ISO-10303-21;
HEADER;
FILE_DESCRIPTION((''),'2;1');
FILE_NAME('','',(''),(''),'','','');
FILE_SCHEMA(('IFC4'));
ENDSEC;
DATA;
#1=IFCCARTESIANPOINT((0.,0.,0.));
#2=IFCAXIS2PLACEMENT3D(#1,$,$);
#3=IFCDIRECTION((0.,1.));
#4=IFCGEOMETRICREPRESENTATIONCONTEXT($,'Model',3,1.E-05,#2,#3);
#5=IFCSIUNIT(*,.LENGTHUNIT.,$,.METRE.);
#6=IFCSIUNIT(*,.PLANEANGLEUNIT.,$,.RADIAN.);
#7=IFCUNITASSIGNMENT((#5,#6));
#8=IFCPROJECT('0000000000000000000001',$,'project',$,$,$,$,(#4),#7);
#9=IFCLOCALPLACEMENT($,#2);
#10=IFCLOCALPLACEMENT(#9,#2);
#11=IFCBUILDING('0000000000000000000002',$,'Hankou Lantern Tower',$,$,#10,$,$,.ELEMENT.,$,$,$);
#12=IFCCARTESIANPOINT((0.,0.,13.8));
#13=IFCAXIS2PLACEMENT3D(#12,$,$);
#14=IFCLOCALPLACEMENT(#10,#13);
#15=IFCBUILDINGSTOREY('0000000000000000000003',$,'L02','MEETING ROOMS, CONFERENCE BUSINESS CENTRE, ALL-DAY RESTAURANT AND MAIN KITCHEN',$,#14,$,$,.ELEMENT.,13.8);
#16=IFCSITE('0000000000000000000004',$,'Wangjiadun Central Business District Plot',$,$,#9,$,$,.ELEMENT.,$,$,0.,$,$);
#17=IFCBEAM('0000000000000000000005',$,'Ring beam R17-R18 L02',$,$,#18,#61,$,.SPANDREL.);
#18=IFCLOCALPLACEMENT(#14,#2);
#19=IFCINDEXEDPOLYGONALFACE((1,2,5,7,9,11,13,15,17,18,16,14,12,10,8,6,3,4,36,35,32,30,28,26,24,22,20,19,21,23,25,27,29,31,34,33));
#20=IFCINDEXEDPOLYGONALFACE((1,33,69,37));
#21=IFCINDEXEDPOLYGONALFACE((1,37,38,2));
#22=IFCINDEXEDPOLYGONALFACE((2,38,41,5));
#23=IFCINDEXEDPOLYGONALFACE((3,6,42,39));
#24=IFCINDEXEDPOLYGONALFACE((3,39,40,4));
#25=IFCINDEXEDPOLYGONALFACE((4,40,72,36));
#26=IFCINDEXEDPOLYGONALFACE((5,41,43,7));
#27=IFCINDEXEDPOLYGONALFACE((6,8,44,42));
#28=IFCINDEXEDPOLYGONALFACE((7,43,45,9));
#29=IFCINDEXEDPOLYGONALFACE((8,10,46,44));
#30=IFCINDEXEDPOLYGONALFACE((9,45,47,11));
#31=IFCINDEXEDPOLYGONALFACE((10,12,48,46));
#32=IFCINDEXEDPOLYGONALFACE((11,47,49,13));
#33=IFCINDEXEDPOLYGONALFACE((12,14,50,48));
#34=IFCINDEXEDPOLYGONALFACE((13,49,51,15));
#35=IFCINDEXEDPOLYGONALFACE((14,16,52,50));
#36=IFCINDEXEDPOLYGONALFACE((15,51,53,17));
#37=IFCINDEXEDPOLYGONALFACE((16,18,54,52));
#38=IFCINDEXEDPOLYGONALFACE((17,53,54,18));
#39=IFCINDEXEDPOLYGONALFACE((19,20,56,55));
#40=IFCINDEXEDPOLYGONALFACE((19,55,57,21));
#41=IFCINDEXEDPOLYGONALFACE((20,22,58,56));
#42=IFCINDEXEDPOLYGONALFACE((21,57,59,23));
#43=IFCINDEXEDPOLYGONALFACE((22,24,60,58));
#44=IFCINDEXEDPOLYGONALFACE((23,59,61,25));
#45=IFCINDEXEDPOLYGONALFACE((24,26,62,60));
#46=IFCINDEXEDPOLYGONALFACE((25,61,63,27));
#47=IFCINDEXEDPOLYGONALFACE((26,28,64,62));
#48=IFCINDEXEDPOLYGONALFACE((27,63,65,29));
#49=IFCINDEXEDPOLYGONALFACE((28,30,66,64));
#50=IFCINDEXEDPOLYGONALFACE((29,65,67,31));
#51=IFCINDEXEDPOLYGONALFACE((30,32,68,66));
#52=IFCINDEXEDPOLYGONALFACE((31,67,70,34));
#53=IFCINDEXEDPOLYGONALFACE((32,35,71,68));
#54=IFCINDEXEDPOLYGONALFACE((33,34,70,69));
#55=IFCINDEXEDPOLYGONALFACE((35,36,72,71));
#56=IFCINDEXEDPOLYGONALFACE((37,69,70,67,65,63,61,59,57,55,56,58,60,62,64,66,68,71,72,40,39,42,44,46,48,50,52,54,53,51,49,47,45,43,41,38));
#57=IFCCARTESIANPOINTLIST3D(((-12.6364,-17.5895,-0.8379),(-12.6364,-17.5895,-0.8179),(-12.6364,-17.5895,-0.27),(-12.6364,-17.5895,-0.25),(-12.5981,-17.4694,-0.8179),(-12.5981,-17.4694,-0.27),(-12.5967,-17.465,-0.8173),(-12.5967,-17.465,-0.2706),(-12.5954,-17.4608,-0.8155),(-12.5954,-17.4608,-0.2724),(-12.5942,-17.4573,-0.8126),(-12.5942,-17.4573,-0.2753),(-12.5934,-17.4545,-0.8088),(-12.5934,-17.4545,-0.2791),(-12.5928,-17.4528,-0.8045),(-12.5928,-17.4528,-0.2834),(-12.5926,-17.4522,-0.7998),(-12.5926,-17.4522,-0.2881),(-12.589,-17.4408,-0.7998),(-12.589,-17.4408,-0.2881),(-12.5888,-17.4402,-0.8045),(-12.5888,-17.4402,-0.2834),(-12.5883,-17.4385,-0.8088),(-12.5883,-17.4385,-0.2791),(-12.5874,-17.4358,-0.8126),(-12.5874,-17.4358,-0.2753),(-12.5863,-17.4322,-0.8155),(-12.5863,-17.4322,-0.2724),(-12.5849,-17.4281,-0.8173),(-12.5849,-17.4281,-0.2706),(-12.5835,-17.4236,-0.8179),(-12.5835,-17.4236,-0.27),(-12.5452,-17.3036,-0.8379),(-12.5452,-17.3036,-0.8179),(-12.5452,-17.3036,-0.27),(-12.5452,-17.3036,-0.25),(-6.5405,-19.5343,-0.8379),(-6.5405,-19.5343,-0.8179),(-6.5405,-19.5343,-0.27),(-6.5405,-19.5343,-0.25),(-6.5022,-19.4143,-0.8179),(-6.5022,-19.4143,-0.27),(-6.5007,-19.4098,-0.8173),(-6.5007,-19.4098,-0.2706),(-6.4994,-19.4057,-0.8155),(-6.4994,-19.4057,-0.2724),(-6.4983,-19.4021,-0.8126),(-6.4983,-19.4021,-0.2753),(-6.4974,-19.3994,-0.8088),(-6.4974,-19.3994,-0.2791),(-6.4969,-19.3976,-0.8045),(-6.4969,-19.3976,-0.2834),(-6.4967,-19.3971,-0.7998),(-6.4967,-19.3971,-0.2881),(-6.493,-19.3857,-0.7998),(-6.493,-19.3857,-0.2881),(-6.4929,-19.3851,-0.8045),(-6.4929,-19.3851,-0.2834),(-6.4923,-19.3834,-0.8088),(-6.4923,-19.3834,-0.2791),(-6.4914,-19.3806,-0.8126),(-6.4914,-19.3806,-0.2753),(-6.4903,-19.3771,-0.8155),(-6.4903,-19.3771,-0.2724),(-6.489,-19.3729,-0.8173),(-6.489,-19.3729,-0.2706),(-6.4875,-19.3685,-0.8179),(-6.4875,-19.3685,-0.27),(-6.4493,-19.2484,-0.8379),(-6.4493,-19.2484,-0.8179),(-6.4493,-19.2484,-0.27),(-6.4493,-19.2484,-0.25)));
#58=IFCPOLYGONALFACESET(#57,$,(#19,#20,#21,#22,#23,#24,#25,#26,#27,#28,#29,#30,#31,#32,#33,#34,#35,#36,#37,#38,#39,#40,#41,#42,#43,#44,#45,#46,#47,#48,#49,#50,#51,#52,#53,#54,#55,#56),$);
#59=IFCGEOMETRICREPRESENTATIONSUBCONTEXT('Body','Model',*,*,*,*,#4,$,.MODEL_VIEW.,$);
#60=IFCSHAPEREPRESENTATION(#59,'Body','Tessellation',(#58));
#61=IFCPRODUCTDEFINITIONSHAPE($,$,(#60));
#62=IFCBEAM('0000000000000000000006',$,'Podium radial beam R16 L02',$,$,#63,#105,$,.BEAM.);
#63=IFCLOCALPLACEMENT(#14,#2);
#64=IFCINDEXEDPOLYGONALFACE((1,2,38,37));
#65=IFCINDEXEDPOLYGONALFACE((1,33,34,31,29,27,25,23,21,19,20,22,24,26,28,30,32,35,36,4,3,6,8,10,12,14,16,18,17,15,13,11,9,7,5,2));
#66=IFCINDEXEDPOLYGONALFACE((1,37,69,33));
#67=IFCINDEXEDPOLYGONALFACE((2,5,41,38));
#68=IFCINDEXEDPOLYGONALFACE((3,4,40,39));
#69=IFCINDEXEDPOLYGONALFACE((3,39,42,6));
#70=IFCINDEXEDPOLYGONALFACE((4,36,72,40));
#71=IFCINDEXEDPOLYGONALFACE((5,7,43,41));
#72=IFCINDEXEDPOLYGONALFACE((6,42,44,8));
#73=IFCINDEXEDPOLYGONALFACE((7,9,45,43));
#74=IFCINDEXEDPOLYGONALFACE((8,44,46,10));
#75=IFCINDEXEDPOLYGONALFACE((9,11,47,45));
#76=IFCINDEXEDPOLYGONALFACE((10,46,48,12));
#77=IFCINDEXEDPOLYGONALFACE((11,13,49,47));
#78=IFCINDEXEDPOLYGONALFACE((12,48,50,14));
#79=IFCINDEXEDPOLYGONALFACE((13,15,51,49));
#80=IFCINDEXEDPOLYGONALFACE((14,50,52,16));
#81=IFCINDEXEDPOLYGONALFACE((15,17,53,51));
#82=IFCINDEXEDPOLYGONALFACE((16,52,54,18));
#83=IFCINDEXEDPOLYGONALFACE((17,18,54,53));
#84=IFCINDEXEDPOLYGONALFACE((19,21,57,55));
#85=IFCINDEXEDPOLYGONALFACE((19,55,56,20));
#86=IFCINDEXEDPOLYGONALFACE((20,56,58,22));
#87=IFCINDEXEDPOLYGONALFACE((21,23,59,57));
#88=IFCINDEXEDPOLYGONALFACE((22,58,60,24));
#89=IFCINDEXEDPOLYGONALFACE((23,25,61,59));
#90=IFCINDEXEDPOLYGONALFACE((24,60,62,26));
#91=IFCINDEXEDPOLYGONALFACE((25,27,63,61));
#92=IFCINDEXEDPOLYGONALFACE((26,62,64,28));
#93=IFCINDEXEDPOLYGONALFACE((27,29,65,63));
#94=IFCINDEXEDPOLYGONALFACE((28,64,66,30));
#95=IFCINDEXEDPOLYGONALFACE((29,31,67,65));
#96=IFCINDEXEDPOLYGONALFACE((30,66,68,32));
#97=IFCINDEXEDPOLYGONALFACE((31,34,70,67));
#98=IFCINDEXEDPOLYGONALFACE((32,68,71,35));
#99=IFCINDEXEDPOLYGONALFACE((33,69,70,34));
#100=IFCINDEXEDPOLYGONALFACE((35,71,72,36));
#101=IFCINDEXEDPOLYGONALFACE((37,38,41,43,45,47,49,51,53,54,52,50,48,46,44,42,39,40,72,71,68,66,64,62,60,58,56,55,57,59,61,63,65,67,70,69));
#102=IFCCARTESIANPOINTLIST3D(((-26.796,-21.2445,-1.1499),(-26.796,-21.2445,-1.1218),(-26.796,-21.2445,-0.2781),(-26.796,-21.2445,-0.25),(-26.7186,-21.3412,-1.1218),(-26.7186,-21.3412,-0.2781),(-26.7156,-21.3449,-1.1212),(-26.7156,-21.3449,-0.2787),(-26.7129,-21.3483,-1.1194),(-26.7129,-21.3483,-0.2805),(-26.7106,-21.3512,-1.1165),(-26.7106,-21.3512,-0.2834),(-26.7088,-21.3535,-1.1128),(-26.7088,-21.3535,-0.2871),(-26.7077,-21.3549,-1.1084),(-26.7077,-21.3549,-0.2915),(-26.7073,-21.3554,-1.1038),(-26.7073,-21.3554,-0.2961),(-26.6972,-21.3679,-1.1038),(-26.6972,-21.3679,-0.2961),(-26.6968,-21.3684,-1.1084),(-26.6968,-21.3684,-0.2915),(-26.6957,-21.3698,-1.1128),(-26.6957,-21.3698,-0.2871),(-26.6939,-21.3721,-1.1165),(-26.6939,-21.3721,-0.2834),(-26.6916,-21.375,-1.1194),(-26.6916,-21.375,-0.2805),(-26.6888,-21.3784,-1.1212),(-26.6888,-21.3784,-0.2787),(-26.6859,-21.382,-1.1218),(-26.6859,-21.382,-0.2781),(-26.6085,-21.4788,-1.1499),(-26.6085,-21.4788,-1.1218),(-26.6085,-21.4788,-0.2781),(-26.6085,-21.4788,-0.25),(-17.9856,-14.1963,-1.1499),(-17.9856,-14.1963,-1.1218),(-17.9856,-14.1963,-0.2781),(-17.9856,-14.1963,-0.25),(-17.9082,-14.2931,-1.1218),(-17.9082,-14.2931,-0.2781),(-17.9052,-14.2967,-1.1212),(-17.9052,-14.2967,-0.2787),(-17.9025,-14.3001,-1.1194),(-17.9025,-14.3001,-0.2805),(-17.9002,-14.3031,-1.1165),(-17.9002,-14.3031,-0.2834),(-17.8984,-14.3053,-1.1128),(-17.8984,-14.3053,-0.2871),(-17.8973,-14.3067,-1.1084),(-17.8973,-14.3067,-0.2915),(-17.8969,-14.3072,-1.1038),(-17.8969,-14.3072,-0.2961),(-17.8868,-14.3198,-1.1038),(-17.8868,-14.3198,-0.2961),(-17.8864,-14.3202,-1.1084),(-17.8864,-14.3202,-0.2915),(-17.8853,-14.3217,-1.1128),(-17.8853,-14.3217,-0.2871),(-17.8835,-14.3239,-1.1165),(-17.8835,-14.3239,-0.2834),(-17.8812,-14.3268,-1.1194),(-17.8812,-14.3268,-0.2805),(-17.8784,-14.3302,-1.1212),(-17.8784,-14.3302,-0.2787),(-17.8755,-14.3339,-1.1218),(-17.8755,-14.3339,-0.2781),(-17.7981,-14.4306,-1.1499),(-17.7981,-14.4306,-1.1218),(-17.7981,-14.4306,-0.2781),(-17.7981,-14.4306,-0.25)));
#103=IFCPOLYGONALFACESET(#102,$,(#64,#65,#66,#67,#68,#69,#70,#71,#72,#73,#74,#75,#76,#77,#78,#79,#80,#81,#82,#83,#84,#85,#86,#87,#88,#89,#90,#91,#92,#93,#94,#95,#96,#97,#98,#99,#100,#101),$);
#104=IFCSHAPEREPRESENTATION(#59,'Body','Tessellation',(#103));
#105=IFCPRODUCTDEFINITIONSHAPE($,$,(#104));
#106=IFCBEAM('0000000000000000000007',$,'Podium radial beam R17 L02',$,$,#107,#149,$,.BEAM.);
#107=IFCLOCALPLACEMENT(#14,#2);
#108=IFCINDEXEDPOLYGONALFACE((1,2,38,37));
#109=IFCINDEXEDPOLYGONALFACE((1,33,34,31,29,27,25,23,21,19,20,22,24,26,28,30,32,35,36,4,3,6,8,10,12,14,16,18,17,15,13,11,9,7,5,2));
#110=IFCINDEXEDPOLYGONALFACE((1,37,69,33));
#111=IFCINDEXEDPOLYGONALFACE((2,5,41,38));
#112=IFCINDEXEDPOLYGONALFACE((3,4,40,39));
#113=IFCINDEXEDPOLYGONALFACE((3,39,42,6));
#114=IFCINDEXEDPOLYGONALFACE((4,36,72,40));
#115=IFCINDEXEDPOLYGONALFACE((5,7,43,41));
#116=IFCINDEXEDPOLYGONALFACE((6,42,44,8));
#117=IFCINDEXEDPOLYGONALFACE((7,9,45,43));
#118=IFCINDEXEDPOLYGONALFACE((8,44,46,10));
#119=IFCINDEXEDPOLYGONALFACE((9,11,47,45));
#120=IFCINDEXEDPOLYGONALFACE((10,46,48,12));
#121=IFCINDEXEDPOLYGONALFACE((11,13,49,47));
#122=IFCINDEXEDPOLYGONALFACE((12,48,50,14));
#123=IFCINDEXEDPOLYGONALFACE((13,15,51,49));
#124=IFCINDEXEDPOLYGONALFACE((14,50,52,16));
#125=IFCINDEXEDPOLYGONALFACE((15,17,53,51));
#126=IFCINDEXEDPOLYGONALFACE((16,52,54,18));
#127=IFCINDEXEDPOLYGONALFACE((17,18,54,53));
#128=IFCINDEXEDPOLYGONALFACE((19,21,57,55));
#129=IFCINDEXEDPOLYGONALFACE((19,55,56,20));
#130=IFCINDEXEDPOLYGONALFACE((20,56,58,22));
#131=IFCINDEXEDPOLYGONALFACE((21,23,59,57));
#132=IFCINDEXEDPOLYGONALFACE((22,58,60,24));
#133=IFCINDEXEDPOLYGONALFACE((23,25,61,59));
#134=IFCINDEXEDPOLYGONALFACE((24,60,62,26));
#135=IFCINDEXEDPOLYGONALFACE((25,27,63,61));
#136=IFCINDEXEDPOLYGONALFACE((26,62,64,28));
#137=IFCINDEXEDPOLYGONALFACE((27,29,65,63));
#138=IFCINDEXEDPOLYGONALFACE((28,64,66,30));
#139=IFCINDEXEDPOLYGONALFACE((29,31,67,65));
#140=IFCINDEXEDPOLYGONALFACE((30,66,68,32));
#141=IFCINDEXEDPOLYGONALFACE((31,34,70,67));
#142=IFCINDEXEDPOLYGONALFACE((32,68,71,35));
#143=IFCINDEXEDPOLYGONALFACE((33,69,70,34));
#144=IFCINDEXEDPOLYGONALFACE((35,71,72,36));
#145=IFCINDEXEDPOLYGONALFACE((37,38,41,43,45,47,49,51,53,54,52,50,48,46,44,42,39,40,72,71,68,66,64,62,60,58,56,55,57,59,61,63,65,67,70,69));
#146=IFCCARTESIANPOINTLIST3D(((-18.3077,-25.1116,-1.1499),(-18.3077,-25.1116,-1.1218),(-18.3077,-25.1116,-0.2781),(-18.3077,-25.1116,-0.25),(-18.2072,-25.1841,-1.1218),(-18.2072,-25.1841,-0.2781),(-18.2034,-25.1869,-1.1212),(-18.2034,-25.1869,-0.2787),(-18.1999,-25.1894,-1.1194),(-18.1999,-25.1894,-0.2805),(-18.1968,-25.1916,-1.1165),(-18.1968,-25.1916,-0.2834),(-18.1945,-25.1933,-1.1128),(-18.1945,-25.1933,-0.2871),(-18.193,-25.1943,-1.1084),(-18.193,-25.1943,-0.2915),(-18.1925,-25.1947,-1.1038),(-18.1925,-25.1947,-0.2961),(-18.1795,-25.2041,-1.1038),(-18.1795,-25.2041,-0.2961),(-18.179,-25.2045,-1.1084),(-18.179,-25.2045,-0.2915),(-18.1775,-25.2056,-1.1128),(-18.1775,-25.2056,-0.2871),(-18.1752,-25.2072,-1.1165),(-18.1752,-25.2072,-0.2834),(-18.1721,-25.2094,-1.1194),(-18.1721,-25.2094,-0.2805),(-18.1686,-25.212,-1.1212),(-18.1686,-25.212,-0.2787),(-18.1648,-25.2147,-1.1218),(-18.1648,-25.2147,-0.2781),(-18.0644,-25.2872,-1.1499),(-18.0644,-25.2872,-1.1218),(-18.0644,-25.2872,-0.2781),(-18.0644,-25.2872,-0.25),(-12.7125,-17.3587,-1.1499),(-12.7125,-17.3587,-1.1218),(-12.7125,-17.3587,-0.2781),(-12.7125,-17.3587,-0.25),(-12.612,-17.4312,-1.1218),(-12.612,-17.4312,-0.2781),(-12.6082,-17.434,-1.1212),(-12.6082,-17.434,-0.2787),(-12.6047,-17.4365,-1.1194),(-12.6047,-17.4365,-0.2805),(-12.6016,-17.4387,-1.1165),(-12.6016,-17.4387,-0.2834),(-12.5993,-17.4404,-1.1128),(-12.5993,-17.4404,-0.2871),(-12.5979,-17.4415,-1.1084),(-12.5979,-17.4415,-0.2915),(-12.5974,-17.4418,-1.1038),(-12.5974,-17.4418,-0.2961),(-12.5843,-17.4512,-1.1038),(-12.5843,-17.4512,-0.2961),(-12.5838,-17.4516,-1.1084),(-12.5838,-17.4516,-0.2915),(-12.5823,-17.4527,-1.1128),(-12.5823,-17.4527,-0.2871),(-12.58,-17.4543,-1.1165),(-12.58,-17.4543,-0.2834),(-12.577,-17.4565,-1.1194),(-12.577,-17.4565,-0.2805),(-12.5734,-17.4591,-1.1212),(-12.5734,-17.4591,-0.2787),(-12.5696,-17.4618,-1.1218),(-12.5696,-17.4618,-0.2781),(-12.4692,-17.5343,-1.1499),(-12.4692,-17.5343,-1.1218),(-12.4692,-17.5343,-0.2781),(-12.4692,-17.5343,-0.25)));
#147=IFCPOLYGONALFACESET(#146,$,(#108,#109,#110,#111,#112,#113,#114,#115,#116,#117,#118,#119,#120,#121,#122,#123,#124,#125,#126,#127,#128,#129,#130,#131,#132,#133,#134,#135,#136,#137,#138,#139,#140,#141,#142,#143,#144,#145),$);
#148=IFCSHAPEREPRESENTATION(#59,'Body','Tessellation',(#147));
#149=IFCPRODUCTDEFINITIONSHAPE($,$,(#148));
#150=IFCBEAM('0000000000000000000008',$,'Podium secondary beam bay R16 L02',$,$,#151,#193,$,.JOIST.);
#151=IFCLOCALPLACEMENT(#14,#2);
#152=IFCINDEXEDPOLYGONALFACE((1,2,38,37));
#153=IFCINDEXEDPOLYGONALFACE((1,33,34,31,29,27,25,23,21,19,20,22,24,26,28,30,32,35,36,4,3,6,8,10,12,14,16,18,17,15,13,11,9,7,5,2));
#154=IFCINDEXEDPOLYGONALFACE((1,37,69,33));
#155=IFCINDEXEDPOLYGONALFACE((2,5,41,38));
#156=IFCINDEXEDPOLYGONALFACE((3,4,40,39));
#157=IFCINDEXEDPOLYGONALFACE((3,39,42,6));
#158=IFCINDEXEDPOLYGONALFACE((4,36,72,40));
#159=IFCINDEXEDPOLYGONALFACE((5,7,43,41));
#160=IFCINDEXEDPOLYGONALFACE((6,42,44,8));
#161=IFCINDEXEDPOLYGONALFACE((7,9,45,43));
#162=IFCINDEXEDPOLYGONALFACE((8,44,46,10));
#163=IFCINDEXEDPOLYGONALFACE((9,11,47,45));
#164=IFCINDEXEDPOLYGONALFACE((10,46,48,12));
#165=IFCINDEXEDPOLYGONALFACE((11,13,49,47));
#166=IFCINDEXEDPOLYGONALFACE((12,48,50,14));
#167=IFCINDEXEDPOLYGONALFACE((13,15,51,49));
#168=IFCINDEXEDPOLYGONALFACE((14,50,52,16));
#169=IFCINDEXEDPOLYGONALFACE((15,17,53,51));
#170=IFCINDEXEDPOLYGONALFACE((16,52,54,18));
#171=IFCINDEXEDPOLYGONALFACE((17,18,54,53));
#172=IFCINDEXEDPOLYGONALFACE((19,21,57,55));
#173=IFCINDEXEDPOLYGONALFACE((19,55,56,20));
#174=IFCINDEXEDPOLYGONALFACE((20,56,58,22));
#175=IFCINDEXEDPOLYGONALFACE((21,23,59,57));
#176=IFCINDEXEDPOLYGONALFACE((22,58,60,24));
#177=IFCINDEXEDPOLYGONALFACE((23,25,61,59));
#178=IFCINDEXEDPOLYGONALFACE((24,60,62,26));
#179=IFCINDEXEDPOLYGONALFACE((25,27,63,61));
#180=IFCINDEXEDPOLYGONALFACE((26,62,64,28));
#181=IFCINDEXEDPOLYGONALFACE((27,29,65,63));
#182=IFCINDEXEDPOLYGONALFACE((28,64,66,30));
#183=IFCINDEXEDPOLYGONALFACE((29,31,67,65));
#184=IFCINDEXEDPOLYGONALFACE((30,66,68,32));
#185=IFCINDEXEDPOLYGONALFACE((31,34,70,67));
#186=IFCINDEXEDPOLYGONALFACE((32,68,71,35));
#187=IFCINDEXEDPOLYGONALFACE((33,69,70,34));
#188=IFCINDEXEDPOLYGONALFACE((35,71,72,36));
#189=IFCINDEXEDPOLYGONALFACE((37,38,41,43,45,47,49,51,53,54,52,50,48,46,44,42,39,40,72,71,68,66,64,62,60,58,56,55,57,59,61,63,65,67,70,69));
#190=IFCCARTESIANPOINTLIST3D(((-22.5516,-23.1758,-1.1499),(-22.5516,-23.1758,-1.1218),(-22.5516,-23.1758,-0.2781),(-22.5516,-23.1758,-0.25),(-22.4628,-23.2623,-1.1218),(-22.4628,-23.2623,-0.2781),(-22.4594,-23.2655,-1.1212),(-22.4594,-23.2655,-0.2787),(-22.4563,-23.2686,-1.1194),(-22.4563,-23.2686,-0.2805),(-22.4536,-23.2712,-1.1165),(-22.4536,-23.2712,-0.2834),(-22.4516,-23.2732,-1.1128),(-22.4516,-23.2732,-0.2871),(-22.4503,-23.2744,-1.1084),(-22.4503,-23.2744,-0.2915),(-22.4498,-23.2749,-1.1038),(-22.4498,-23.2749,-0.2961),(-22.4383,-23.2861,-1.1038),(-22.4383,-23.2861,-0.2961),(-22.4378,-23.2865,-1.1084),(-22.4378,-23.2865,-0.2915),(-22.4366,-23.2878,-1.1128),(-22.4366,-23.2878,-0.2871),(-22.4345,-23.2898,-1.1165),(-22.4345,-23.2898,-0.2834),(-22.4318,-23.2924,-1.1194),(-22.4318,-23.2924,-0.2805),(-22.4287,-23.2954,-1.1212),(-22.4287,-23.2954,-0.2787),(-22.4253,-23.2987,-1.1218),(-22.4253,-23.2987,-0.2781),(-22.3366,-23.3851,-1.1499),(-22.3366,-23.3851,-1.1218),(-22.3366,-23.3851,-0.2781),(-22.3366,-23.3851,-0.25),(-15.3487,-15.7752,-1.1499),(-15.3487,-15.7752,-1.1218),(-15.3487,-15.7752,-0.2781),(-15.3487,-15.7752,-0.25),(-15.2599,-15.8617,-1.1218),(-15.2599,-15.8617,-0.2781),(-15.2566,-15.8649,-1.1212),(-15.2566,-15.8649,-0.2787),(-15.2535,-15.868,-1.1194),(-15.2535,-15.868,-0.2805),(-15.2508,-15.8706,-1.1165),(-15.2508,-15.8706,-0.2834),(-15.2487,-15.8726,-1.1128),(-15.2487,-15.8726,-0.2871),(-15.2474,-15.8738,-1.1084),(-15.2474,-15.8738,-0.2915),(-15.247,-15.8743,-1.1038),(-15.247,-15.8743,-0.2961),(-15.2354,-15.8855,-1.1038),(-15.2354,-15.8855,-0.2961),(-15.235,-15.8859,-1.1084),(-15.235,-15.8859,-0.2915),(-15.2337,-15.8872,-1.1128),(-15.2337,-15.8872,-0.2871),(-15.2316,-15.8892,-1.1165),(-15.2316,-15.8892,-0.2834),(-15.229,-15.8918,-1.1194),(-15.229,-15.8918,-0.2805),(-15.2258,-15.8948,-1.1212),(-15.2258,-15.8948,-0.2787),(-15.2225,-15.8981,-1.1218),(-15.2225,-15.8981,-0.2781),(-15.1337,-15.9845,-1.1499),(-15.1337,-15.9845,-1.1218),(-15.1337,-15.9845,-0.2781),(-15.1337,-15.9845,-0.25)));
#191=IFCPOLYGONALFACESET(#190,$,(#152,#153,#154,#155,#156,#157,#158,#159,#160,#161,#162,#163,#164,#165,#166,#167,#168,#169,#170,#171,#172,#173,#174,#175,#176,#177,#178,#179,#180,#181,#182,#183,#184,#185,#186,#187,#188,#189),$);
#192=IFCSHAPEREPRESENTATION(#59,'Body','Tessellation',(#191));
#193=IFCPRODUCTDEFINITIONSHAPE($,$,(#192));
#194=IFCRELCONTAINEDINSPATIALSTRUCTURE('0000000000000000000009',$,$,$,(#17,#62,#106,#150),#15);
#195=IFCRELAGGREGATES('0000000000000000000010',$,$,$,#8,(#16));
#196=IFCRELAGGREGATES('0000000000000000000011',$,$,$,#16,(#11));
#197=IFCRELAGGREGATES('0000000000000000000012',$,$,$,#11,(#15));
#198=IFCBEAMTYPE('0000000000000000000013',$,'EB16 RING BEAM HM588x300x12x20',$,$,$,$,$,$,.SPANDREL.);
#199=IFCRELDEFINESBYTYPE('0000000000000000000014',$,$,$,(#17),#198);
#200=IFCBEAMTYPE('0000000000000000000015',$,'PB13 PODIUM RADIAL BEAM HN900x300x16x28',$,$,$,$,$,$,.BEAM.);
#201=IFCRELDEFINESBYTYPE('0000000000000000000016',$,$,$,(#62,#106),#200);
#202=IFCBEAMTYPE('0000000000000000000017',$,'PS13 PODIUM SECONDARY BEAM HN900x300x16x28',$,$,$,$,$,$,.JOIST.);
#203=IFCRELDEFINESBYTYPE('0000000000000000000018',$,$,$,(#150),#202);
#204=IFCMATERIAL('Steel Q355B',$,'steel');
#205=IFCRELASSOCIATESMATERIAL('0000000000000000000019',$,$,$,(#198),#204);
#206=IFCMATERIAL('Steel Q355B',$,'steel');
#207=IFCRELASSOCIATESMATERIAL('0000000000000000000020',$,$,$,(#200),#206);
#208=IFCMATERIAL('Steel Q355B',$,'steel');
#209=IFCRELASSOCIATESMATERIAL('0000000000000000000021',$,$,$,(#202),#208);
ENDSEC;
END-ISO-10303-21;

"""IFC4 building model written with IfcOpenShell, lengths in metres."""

from ifc_helpers import new_model, si_unit, direction, frame, origin, origin_2d, place, context, subcontext, project, spatial, i_section, extrude, material, material_profile, profile_set, type_object, element, save


model = new_model("IFC4")

# Units and contexts
model_context = context("Model", 3, precision=1e-05, world=origin(), true_north=direction((0.0, 1.0)))
body_context = subcontext(model_context, "Body", "Model", "MODEL_VIEW")
ifc_project = project(units=[si_unit("LENGTHUNIT", "METRE"), si_unit("PLANEANGLEUNIT", "RADIAN")], contexts=[model_context])

# Site, building, storey
site_placement = place(None, origin())
site = spatial("IfcSite", under=ifc_project, at=site_placement, Name="Wangjiadun Central Business District Plot", CompositionType="ELEMENT", RefElevation=0.0)
building_placement = place(site_placement, origin())
building = spatial("IfcBuilding", under=site, at=building_placement, Name="Hankou Lantern Tower", CompositionType="ELEMENT")
storey_placement = place(building_placement, frame((0.0, 0.0, 13.8)))
storey = spatial("IfcBuildingStorey", under=building, at=storey_placement, Name="L02", Description="MEETING ROOMS, CONFERENCE BUSINESS CENTRE, ALL-DAY RESTAURANT AND MAIN KITCHEN", CompositionType="ELEMENT", Elevation=13.8)

# Beams
ifc_material_1 = material(Name="Steel Q355B", Category="steel")
ifc_material_profile_1 = material_profile(ifc_material_1, i_section(OverallWidth=0.3, OverallDepth=0.5879, WebThickness=0.012, FlangeThickness=0.02, FilletRadius=0.0181, at=origin_2d()), Name="HM588x300x12x20")
ifc_profile_set_1 = profile_set([ifc_material_profile_1], Name="Steel Q355B")
beam_type_1 = type_object("IfcBeamType", Name="EB16 RING BEAM HM588x300x12x20", PredefinedType="SPANDREL", material=ifc_profile_set_1)
beam_1_placement = place(storey_placement, frame((-12.5908, -17.4465, -0.5439), z_axis=(0.95269, -0.303942, 0.0), x_axis=(0.303942, 0.95269, 0.0)))
element("IfcBeam", 1, at=beam_1_placement, inside=storey, type_object=beam_type_1, Name="Ring beam R17-R18 L02", PredefinedType="SPANDREL", context=body_context, shape_type="SweptSolid", body=[
    extrude(i_section(OverallWidth=0.3, OverallDepth=0.5879, WebThickness=0.012, FlangeThickness=0.02, FilletRadius=0.0181, at=origin_2d()), origin(), (0.0, 0.0, 1.0), 6.3987),
])
ifc_material_2 = material(Name="Steel Q355B", Category="steel")
ifc_material_profile_2 = material_profile(ifc_material_2, i_section(OverallWidth=0.3, OverallDepth=0.8999, WebThickness=0.0161, FlangeThickness=0.0281, FilletRadius=0.0181, at=origin_2d()), Name="HN900x300x16x28")
ifc_profile_set_2 = profile_set([ifc_material_profile_2], Name="Steel Q355B")
beam_type_2 = type_object("IfcBeamType", Name="PB13 PODIUM RADIAL BEAM HN900x300x16x28", PredefinedType="BEAM", material=ifc_profile_set_2)
beam_2_placement = place(storey_placement, frame((-17.8918, -14.3135, -0.7), z_axis=(-0.780875, -0.624687, 0.0), x_axis=(0.624687, -0.780875, 0.0)))
element("IfcBeam", 2, at=beam_2_placement, inside=storey, type_object=beam_type_2, Name="Podium radial beam R16 L02", PredefinedType="BEAM", context=body_context, shape_type="SweptSolid", body=[
    extrude(i_section(OverallWidth=0.3, OverallDepth=0.8999, WebThickness=0.0161, FlangeThickness=0.0281, FilletRadius=0.0181, at=origin_2d()), origin(), (0.0, 0.0, 1.0), 11.2827),
])
beam_3_placement = place(storey_placement, frame((-12.5908, -17.4465, -0.7), z_axis=(-0.585207, -0.810884, 0.0), x_axis=(0.810884, -0.585207, 0.0)))
element("IfcBeam", 3, at=beam_3_placement, inside=storey, type_object=beam_type_2, Name="Podium radial beam R17 L02", PredefinedType="BEAM", context=body_context, shape_type="SweptSolid", body=[
    extrude(i_section(OverallWidth=0.3, OverallDepth=0.8999, WebThickness=0.0161, FlangeThickness=0.0281, FilletRadius=0.0181, at=origin_2d()), origin(), (0.0, 0.0, 1.0), 9.561),
])
ifc_material_3 = material(Name="Steel Q355B", Category="steel")
ifc_material_profile_3 = material_profile(ifc_material_3, i_section(OverallWidth=0.3, OverallDepth=0.8999, WebThickness=0.0161, FlangeThickness=0.0281, FilletRadius=0.0181, at=origin_2d()), Name="HN900x300x16x28")
ifc_profile_set_3 = profile_set([ifc_material_profile_3], Name="Steel Q355B")
beam_type_3 = type_object("IfcBeamType", Name="PS13 PODIUM SECONDARY BEAM HN900x300x16x28", PredefinedType="JOIST", material=ifc_profile_set_3)
beam_4_placement = place(storey_placement, frame((-15.2412, -15.8799, -0.7), z_axis=(-0.697468, -0.716616, 0.0), x_axis=(0.716616, -0.697468, 0.0)))
element("IfcBeam", 4, at=beam_4_placement, inside=storey, type_object=beam_type_3, Name="Podium secondary beam bay R16 L02", PredefinedType="JOIST", context=body_context, shape_type="SweptSolid", body=[
    extrude(i_section(OverallWidth=0.3, OverallDepth=0.8999, WebThickness=0.0161, FlangeThickness=0.0281, FilletRadius=0.0181, at=origin_2d()), origin(), (0.0, 0.0, 1.0), 10.3271),
])

save(model, "model.ifc")
